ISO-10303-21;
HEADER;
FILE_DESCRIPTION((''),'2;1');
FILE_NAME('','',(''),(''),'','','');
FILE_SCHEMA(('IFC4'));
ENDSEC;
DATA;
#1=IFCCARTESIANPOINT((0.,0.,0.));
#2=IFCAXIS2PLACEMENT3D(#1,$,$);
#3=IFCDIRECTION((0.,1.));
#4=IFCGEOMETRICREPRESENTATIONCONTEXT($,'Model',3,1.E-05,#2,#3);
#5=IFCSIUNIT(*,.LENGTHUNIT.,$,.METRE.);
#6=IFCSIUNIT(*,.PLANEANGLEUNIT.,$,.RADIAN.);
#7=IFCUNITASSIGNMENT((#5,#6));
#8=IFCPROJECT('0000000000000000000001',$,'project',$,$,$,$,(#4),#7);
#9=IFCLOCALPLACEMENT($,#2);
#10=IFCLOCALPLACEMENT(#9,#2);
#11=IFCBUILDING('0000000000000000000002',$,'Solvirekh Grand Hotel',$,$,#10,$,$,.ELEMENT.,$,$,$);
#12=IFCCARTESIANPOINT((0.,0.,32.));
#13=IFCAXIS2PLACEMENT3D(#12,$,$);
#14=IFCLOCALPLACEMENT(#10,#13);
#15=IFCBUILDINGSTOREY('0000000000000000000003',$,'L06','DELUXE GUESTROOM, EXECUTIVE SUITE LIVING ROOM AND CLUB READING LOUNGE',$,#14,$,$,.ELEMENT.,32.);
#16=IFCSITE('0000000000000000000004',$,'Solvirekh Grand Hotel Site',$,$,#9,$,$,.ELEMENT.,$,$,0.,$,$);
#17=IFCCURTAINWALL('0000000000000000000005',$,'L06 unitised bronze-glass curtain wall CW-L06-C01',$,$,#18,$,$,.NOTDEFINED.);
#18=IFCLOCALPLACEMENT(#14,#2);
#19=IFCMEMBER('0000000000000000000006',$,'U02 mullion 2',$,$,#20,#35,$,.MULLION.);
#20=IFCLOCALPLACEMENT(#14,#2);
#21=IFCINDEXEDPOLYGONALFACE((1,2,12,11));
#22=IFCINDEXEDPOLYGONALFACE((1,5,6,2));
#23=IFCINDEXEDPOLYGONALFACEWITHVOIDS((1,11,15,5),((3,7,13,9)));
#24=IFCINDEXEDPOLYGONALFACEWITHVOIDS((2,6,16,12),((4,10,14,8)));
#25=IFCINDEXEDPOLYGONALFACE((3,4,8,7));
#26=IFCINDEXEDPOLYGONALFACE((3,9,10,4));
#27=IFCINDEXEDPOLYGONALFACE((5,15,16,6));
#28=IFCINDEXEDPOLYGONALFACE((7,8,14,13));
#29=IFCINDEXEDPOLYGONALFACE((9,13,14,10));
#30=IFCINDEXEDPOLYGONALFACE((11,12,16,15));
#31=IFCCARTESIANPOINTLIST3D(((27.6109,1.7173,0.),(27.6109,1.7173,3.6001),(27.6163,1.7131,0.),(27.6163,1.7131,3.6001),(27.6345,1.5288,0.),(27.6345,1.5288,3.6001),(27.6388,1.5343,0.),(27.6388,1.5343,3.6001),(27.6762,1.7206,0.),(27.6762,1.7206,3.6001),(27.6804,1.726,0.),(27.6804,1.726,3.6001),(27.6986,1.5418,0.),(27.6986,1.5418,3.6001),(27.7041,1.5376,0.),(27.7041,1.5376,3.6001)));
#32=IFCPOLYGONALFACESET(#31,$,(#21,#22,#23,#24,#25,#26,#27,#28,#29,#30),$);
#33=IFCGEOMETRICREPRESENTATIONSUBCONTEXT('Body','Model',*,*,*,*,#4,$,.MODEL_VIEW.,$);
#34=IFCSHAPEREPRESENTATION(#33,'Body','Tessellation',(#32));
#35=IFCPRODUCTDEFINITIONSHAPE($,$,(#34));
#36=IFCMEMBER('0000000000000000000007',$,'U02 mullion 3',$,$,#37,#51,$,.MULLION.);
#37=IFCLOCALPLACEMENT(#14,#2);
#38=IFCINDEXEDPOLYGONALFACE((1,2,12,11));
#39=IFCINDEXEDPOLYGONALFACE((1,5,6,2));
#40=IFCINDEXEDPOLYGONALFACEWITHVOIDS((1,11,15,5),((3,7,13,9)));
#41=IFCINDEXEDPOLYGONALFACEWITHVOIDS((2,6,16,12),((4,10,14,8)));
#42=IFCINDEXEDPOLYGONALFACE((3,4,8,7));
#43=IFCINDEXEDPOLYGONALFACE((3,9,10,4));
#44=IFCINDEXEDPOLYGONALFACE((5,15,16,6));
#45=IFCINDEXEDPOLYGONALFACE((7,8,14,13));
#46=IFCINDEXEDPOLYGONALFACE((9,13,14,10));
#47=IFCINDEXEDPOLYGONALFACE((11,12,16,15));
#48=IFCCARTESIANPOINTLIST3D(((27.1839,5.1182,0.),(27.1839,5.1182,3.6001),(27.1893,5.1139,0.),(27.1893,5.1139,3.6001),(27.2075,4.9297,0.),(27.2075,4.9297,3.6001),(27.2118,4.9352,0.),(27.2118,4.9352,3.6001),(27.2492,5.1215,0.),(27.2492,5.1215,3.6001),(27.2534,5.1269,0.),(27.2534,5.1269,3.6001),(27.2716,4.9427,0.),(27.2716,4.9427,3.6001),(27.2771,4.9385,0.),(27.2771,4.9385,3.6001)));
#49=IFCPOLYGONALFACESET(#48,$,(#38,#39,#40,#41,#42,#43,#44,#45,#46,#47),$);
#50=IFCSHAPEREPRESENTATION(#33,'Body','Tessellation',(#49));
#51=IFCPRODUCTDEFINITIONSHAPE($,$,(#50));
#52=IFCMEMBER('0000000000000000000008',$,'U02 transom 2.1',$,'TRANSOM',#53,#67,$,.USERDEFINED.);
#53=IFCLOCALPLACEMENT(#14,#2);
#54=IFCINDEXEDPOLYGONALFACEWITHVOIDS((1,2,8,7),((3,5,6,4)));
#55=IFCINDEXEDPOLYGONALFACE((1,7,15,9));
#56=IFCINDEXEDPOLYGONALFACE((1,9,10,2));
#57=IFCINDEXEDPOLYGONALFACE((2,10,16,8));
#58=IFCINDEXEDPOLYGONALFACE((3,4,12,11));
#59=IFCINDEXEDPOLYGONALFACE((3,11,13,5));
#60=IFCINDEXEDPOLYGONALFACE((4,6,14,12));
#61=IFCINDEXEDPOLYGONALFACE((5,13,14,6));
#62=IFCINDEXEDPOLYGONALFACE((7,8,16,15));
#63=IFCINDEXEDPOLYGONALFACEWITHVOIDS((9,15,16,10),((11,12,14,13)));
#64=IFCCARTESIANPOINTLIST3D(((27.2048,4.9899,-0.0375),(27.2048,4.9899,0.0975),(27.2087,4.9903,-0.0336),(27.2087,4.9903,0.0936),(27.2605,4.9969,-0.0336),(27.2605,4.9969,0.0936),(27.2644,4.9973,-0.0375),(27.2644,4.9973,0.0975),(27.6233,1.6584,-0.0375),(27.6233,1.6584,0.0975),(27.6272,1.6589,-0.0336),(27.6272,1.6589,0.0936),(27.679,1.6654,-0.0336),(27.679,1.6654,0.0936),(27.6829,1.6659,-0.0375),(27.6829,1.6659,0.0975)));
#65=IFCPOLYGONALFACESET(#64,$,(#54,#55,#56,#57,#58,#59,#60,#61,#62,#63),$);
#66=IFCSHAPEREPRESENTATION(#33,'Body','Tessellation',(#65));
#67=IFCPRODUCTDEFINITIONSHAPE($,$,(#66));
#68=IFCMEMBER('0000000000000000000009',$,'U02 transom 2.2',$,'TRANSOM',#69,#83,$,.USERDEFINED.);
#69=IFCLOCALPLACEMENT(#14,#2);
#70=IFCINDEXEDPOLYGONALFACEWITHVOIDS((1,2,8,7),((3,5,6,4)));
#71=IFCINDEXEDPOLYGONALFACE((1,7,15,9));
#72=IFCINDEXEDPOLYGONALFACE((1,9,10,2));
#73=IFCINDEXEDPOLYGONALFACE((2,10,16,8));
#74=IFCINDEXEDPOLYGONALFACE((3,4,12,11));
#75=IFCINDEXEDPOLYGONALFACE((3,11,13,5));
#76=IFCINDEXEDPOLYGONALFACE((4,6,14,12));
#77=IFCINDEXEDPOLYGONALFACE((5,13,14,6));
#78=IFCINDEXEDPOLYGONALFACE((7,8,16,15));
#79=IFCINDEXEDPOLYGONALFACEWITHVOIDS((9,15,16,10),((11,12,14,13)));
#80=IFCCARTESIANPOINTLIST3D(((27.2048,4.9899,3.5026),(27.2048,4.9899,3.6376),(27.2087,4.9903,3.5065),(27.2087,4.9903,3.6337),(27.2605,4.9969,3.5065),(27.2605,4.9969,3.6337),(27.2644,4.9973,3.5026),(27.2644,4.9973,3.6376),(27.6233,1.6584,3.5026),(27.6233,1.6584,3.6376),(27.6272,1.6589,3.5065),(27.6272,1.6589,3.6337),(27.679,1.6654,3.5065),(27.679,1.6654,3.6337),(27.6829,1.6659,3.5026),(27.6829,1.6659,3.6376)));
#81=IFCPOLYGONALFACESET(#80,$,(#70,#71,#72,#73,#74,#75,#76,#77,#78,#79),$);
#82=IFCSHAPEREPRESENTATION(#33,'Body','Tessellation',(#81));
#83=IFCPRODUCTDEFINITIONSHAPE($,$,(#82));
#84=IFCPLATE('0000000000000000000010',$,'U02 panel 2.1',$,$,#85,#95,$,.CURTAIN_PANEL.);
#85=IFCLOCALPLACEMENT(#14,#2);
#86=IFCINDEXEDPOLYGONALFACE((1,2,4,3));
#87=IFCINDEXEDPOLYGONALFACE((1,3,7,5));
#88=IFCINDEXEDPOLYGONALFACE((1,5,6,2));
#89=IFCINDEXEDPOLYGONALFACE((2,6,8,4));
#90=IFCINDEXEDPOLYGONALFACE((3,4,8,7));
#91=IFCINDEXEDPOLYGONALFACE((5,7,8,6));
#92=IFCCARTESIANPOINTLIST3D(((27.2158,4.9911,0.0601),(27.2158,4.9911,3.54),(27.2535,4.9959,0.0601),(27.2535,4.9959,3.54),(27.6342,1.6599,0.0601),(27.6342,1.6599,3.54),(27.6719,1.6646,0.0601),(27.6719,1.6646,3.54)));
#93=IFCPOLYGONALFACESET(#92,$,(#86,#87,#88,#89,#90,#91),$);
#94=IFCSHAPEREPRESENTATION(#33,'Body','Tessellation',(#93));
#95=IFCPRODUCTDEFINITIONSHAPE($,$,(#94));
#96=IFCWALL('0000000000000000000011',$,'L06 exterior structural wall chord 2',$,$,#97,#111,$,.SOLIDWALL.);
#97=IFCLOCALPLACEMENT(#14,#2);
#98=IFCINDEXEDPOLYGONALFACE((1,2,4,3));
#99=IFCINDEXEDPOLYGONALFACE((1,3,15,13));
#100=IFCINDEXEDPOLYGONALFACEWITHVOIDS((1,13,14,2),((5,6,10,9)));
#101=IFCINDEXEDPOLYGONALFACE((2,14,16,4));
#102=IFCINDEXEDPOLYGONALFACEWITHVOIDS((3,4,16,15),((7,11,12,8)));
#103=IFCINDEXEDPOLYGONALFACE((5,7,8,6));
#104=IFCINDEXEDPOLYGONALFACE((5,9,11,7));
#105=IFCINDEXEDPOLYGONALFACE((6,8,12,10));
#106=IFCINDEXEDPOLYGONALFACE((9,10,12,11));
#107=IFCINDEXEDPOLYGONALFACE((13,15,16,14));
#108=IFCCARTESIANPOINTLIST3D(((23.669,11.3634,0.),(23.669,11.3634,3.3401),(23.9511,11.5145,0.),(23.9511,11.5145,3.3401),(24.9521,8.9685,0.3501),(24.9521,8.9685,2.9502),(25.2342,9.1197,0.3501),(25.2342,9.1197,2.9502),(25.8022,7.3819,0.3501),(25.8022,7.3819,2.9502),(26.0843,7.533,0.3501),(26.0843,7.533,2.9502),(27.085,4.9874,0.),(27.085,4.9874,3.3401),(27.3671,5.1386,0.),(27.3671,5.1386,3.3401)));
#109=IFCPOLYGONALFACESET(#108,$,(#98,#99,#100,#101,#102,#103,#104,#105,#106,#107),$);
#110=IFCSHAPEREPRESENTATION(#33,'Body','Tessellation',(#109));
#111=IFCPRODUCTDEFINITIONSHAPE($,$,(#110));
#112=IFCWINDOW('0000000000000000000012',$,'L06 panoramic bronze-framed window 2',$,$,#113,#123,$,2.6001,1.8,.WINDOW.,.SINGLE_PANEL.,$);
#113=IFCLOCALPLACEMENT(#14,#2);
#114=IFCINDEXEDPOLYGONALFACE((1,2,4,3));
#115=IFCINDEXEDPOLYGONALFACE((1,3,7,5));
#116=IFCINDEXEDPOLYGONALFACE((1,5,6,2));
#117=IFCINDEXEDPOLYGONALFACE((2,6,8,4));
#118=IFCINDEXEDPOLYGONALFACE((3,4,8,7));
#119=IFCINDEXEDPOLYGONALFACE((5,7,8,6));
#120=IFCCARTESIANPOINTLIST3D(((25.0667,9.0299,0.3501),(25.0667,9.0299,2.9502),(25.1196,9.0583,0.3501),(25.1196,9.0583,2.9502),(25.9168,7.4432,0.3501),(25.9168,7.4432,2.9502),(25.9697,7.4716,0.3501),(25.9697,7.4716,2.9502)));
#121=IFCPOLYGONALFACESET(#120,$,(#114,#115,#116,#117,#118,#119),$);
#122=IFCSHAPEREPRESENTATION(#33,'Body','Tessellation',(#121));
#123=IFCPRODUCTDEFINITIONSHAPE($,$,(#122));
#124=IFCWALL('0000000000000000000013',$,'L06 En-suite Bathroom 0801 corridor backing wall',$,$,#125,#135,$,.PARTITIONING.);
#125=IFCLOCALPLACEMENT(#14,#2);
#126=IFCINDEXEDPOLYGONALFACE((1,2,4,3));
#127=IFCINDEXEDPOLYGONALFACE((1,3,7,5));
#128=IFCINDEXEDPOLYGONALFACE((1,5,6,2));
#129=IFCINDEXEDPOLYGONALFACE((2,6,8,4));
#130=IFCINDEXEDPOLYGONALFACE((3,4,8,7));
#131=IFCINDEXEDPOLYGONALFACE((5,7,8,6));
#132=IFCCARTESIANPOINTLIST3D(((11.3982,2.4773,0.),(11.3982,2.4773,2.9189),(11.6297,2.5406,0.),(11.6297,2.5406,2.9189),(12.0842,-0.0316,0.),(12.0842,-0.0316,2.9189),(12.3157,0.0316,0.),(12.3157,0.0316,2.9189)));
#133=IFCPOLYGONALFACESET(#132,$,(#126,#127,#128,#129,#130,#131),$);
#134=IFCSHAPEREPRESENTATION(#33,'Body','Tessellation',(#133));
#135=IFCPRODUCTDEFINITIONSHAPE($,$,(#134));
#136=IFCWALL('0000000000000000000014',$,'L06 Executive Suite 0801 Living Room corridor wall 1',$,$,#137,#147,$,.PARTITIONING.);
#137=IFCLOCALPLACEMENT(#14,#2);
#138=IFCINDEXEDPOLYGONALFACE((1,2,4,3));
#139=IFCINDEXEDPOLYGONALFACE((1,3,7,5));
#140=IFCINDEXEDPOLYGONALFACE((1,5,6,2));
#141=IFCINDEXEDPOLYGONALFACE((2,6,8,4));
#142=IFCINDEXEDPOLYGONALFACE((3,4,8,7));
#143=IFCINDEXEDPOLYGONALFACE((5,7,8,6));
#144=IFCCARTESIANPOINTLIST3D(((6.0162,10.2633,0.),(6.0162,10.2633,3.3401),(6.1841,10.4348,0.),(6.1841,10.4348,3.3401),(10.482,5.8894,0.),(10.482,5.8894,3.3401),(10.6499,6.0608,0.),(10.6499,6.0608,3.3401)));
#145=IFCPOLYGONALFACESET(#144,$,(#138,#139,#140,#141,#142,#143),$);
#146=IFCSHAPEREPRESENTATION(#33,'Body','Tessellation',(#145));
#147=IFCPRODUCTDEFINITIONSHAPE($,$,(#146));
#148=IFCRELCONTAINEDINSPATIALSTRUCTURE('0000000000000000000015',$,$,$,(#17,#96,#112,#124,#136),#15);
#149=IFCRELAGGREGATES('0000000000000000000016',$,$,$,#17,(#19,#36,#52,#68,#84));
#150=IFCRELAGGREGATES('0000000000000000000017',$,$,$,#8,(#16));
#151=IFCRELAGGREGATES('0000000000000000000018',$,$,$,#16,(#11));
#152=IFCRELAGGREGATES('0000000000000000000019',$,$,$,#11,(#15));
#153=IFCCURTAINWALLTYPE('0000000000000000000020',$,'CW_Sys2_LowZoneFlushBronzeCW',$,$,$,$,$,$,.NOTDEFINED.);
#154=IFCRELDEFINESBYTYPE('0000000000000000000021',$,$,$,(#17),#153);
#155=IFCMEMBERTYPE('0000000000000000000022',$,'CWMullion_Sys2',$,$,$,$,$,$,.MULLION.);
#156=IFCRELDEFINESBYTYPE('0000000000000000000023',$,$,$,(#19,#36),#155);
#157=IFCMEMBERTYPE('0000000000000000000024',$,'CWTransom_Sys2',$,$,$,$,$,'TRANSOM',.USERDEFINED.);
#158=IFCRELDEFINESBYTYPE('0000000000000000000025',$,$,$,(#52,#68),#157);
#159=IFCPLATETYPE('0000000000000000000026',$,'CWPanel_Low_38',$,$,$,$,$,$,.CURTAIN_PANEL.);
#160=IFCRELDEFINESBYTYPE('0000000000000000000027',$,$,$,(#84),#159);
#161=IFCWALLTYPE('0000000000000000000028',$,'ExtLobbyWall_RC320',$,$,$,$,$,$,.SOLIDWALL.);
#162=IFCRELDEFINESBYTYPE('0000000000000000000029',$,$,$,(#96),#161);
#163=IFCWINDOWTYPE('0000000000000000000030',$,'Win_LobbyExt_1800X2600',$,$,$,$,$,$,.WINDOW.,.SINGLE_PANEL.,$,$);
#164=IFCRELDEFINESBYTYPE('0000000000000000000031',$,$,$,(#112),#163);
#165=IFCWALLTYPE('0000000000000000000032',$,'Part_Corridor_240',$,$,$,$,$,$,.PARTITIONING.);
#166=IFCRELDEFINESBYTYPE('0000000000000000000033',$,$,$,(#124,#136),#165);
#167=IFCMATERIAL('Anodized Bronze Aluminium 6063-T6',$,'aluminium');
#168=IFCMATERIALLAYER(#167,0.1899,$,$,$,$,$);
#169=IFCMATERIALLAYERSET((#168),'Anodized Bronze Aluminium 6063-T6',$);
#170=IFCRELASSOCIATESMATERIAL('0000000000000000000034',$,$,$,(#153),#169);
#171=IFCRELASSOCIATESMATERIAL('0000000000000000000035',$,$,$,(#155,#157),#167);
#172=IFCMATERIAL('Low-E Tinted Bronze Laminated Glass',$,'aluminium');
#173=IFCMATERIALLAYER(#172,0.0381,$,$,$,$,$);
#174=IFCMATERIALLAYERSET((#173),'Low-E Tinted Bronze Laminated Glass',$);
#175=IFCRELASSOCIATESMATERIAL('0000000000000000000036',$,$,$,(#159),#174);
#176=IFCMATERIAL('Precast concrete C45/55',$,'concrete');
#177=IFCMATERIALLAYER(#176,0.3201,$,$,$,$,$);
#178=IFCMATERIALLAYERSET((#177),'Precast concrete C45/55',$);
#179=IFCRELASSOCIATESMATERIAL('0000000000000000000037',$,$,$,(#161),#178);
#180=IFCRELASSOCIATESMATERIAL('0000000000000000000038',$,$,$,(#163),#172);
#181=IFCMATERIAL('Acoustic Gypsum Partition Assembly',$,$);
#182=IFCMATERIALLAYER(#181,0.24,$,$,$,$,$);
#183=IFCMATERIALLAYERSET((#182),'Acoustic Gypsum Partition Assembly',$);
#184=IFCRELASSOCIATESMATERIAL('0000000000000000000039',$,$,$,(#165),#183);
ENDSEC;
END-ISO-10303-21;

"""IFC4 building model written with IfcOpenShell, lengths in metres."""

from ifc_helpers import new_model, si_unit, direction, frame, frame_2d, origin, origin_2d, place, context, subcontext, project, spatial, rectangle, hollow_rectangle, extrude, source, transform, mapped, material, layer, layer_set, material_profile, profile_set, type_object, element, fill, aggregate, save


model = new_model("IFC4")

# Units and contexts
model_context = context("Model", 3, precision=1e-05, world=origin(), true_north=direction((0.0, 1.0)))
body_context = subcontext(model_context, "Body", "Model", "MODEL_VIEW")
ifc_project = project(units=[si_unit("LENGTHUNIT", "METRE"), si_unit("PLANEANGLEUNIT", "RADIAN")], contexts=[model_context])

# Site, building, storey
site_placement = place(None, origin())
site = spatial("IfcSite", under=ifc_project, at=site_placement, Name="Solvirekh Grand Hotel Site", CompositionType="ELEMENT", RefElevation=0.0)
building_placement = place(site_placement, origin())
building = spatial("IfcBuilding", under=site, at=building_placement, Name="Solvirekh Grand Hotel", CompositionType="ELEMENT")
storey_placement = place(building_placement, frame((0.0, 0.0, 32.0)))
storey = spatial("IfcBuildingStorey", under=building, at=storey_placement, Name="L06", Description="DELUXE GUESTROOM, EXECUTIVE SUITE LIVING ROOM AND CLUB READING LOUNGE", CompositionType="ELEMENT", Elevation=32.0)

# Curtain wall, members, plate
ifc_material_1 = material(Name="Anodized Bronze Aluminium 6063-T6", Category="aluminium")
ifc_layer_1 = layer(ifc_material_1, 0.1899)
ifc_layer_set_1 = layer_set([ifc_layer_1], Name="Anodized Bronze Aluminium 6063-T6")
curtain_wall_type = type_object("IfcCurtainWallType", Name="CW_Sys2_LowZoneFlushBronzeCW", PredefinedType="NOTDEFINED", material=ifc_layer_set_1)
curtain_wall_placement = place(storey_placement, origin())
curtain_wall = element("IfcCurtainWall", 1, at=curtain_wall_placement, inside=storey, type_object=curtain_wall_type, Name="L06 unitised bronze-glass curtain wall CW-L06-C01", PredefinedType="NOTDEFINED")
ifc_material_profile_1 = material_profile(ifc_material_1, hollow_rectangle(XDim=0.0701, YDim=0.1899, WallThickness=0.0049, at=origin_2d()), Name="ALU RHS 190X70X5")
ifc_profile_set_1 = profile_set([ifc_material_profile_1], Name="Anodized Bronze Aluminium 6063-T6")
member_type_1 = type_object("IfcMemberType", Name="CWMullion_Sys2", PredefinedType="MULLION", material=ifc_profile_set_1)
shared_shape_1 = source(origin(), body_context, "Body", "SweptSolid", [
    extrude(hollow_rectangle(XDim=0.0701, YDim=0.1899, WallThickness=0.0049, at=origin_2d()), origin(), (0.0, 0.0, 1.0), 3.6001),
])
member_1_placement = place(storey_placement, frame((27.6575, 1.6274, 0.0), z_axis=(0.0, 0.0, 1.0), x_axis=(-0.992204, -0.124621, 0.0)))
member_1 = element("IfcMember", 2, at=member_1_placement, type_object=member_type_1, Name="U02 mullion 2", PredefinedType="MULLION", context=body_context, shape_type="MappedRepresentation", body=[
    mapped(shared_shape_1, transform((0.0, 0.0, 0.0), x_axis=(1.0, 0.0, 0.0), y_axis=(0.0, 1.0, 0.0), z_axis=(0.0, 0.0, 1.0), scale=1.0)),
])
member_2_placement = place(storey_placement, frame((27.2305, 5.0283, 0.0), z_axis=(0.0, 0.0, 1.0), x_axis=(-0.992204, -0.124621, 0.0)))
member_2 = element("IfcMember", 3, at=member_2_placement, type_object=member_type_1, Name="U02 mullion 3", PredefinedType="MULLION", context=body_context, shape_type="MappedRepresentation", body=[
    mapped(shared_shape_1, transform((0.0, 0.0, 0.0), x_axis=(1.0, 0.0, 0.0), y_axis=(0.0, 1.0, 0.0), z_axis=(0.0, 0.0, 1.0), scale=1.0)),
])
ifc_material_profile_2 = material_profile(ifc_material_1, hollow_rectangle(XDim=0.0601, YDim=0.135, WallThickness=0.0039, at=origin_2d()), Name="ALU RHS 135X60X4")
ifc_profile_set_2 = profile_set([ifc_material_profile_2], Name="Anodized Bronze Aluminium 6063-T6")
member_type_2 = type_object("IfcMemberType", Name="CWTransom_Sys2", ElementType="TRANSOM", PredefinedType="USERDEFINED", material=ifc_profile_set_2)
shared_shape_2 = source(origin(), body_context, "Body", "SweptSolid", [
    extrude(hollow_rectangle(XDim=0.0601, YDim=0.135, WallThickness=0.0039, at=origin_2d()), origin(), (0.0, 0.0, 1.0), 3.3577),
])
member_3_placement = place(storey_placement, frame((27.6531, 1.6621, 0.03), z_axis=(-0.124625, 0.992204, 0.0), x_axis=(-0.992204, -0.124625, 0.0)))
member_3 = element("IfcMember", 4, at=member_3_placement, type_object=member_type_2, Name="U02 transom 2.1", ObjectType="TRANSOM", PredefinedType="USERDEFINED", context=body_context, shape_type="MappedRepresentation", body=[
    mapped(shared_shape_2, transform((0.0, 0.0, 0.0), x_axis=(1.0, 0.0, 0.0), y_axis=(0.0, 1.0, 0.0), z_axis=(0.0, 0.0, 1.0), scale=1.0)),
])
member_4_placement = place(storey_placement, frame((27.6531, 1.6621, 3.5701), z_axis=(-0.124625, 0.992204, 0.0), x_axis=(-0.992204, -0.124625, 0.0)))
member_4 = element("IfcMember", 5, at=member_4_placement, type_object=member_type_2, Name="U02 transom 2.2", ObjectType="TRANSOM", PredefinedType="USERDEFINED", context=body_context, shape_type="MappedRepresentation", body=[
    mapped(shared_shape_2, transform((0.0, 0.0, 0.0), x_axis=(1.0, 0.0, 0.0), y_axis=(0.0, 1.0, 0.0), z_axis=(0.0, 0.0, 1.0), scale=1.0)),
])
ifc_material_2 = material(Name="Low-E Tinted Bronze Laminated Glass", Category="aluminium")
ifc_layer_2 = layer(ifc_material_2, 0.0381)
ifc_layer_set_2 = layer_set([ifc_layer_2], Name="Low-E Tinted Bronze Laminated Glass")
plate_type = type_object("IfcPlateType", Name="CWPanel_Low_38", PredefinedType="CURTAIN_PANEL", material=ifc_layer_set_2)
shared_shape_3 = source(origin(), body_context, "Body", "SweptSolid", [
    extrude(rectangle(XDim=3.3574, YDim=0.0381, at=origin_2d()), origin(), (0.0, 0.0, 1.0), 3.48),
])
plate_placement = place(storey_placement, frame((27.4438, 3.3279, 0.0601), z_axis=(0.0, 0.0, 1.0), x_axis=(-0.124621, 0.992204, 0.0)))
plate = element("IfcPlate", 6, at=plate_placement, type_object=plate_type, Name="U02 panel 2.1", PredefinedType="CURTAIN_PANEL", context=body_context, shape_type="MappedRepresentation", body=[
    mapped(shared_shape_3, transform((0.0, 0.0, 0.0), x_axis=(1.0, 0.0, 0.0), y_axis=(0.0, 1.0, 0.0), z_axis=(0.0, 0.0, 1.0), scale=1.0)),
])
aggregate(curtain_wall, [member_1, member_2, member_3, member_4, plate])

# Wall, opening, window
ifc_material_3 = material(Name="Precast concrete C45/55", Category="concrete")
ifc_layer_3 = layer(ifc_material_3, 0.3201)
ifc_layer_set_3 = layer_set([ifc_layer_3], Name="Precast concrete C45/55")
wall_type_1 = type_object("IfcWallType", Name="ExtLobbyWall_RC320", PredefinedType="SOLIDWALL", material=ifc_layer_set_3)
wall_1_placement = place(storey_placement, frame((23.8101, 11.439, 0.0), z_axis=(0.0, 0.0, 1.0), x_axis=(0.472255, -0.881462, 0.0)))
wall_1 = element("IfcWall", 7, at=wall_1_placement, inside=storey, type_object=wall_type_1, Name="L06 exterior structural wall chord 2", PredefinedType="SOLIDWALL", context=body_context, shape_type="SweptSolid", body=[
    extrude(rectangle(XDim=7.2334, YDim=0.3201, at=frame_2d((3.6167, 0.0))), origin(), (0.0, 0.0, 1.0), 3.3401),
])
opening_1_placement = place(wall_1_placement, frame((2.717, 0.0, 0.3501)))
opening_1 = element("IfcOpeningElement", 8, at=opening_1_placement, cuts=wall_1, PredefinedType="OPENING", context=body_context, shape_type="SweptSolid", body=[
    extrude(rectangle(XDim=1.8, YDim=2.6001, at=frame_2d((0.8999, 1.3))), frame((0.0, 0.1699, 0.0), z_axis=(0.0, -1.0, 0.0), x_axis=(1.0, 0.0, 0.0)), (0.0, 0.0, 1.0), 0.3401),
])
window_type = type_object("IfcWindowType", Name="Win_LobbyExt_1800X2600", PartitioningType="SINGLE_PANEL", PredefinedType="WINDOW", material=ifc_material_2)
window_placement = place(opening_1_placement, origin())
window = element("IfcWindow", 9, at=window_placement, inside=storey, type_object=window_type, Name="L06 panoramic bronze-framed window 2", OverallHeight=2.6001, OverallWidth=1.8, PartitioningType="SINGLE_PANEL", PredefinedType="WINDOW", context=body_context, shape_type="SweptSolid", body=[
    extrude(rectangle(XDim=1.8, YDim=2.6001, at=frame_2d((0.8999, 1.3))), frame((0.0, 0.03, 0.0), z_axis=(0.0, -1.0, 0.0), x_axis=(1.0, 0.0, 0.0)), (0.0, 0.0, 1.0), 0.0601),
])
fill(opening_1, window)

# Walls
ifc_material_4 = material(Name="Acoustic Gypsum Partition Assembly")
ifc_layer_4 = layer(ifc_material_4, 0.24)
ifc_layer_set_4 = layer_set([ifc_layer_4], Name="Acoustic Gypsum Partition Assembly")
wall_type_2 = type_object("IfcWallType", Name="Part_Corridor_240", PredefinedType="PARTITIONING", material=ifc_layer_set_4)
wall_2_placement = place(storey_placement, frame((12.2, 0.0, 0.0), z_axis=(0.0, 0.0, 1.0), x_axis=(-0.263745, 0.964593, 0.0)))
element("IfcWall", 10, at=wall_2_placement, inside=storey, type_object=wall_type_2, Name="L06 En-suite Bathroom 0801 corridor backing wall", PredefinedType="PARTITIONING", context=body_context, shape_type="SweptSolid", body=[
    extrude(rectangle(XDim=2.6011, YDim=0.24, at=frame_2d((1.3005, 0.0))), origin(), (0.0, 0.0, 1.0), 2.9189),
])
wall_3_placement = place(storey_placement, frame((10.5659, 5.9751, 0.0), z_axis=(0.0, 0.0, 1.0), x_axis=(-0.714411, 0.699726, 0.0)))
element("IfcWall", 11, at=wall_3_placement, inside=storey, type_object=wall_type_2, Name="L06 Executive Suite 0801 Living Room corridor wall 1", PredefinedType="PARTITIONING", context=body_context, shape_type="SweptSolid", body=[
    extrude(rectangle(XDim=6.251, YDim=0.24, at=frame_2d((3.1255, 0.0))), origin(), (0.0, 0.0, 1.0), 3.3401),
])

save(model, "model.ifc")
